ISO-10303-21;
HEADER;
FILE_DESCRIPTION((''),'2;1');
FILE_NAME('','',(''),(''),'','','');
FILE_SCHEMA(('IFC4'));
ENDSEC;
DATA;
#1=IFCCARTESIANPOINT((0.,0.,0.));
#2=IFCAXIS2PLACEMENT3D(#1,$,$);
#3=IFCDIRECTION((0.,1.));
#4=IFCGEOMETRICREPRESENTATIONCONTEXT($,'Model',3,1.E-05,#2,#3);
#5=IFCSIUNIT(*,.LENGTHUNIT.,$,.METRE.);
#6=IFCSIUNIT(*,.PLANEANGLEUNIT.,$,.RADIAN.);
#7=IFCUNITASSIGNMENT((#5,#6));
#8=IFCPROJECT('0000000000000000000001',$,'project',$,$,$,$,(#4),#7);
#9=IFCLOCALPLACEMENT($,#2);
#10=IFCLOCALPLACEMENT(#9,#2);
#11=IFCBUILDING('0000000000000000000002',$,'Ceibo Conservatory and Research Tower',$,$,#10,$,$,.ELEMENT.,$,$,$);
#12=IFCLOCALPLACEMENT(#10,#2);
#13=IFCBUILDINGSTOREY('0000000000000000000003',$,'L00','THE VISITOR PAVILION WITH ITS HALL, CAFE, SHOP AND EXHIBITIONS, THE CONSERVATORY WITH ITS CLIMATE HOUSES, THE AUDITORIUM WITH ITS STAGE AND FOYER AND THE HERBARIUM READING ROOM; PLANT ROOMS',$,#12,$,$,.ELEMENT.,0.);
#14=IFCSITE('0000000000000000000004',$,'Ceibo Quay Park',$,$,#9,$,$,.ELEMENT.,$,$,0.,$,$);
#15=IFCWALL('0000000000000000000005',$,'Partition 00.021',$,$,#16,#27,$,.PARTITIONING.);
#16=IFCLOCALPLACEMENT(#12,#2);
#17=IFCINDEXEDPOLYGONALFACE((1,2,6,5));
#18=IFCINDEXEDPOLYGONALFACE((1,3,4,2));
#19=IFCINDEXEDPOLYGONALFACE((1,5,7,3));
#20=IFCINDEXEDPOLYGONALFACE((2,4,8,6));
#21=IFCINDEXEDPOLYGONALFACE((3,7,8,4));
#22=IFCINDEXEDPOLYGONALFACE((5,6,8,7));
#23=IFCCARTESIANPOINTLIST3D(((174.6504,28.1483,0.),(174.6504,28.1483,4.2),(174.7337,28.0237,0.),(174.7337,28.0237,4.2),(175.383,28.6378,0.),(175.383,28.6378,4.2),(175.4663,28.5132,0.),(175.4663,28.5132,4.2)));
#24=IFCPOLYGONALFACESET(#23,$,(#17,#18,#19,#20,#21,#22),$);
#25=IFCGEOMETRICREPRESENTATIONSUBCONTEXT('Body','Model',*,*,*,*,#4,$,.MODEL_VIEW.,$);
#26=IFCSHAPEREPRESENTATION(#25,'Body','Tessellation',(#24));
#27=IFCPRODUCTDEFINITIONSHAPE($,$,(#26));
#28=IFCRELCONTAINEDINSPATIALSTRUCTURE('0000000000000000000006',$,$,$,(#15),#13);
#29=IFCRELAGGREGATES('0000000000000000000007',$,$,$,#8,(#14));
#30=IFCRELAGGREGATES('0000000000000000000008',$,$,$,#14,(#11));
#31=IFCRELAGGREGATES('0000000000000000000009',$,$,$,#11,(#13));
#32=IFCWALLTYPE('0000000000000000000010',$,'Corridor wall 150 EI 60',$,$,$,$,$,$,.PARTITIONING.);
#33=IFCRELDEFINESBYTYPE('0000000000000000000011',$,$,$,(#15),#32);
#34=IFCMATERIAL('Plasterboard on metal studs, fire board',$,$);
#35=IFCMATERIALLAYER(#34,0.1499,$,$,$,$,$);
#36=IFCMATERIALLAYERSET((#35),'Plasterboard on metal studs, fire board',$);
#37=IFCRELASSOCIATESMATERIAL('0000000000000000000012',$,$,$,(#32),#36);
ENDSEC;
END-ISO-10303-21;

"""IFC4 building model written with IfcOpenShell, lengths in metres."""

from ifc_helpers import new_model, si_unit, direction, frame, frame_2d, origin, place, context, subcontext, project, spatial, rectangle, extrude, material, layer, layer_set, type_object, element, save


model = new_model("IFC4")

# Units and contexts
model_context = context("Model", 3, precision=1e-05, world=origin(), true_north=direction((0.0, 1.0)))
body_context = subcontext(model_context, "Body", "Model", "MODEL_VIEW")
ifc_project = project(units=[si_unit("LENGTHUNIT", "METRE"), si_unit("PLANEANGLEUNIT", "RADIAN")], contexts=[model_context])

# Site, building, storey
site_placement = place(None, origin())
site = spatial("IfcSite", under=ifc_project, at=site_placement, Name="Ceibo Quay Park", CompositionType="ELEMENT", RefElevation=0.0)
building_placement = place(site_placement, origin())
building = spatial("IfcBuilding", under=site, at=building_placement, Name="Ceibo Conservatory and Research Tower", CompositionType="ELEMENT")
storey_placement = place(building_placement, origin())
storey = spatial("IfcBuildingStorey", under=building, at=storey_placement, Name="L00", Description="THE VISITOR PAVILION WITH ITS HALL, CAFE, SHOP AND EXHIBITIONS, THE CONSERVATORY WITH ITS CLIMATE HOUSES, THE AUDITORIUM WITH ITS STAGE AND FOYER AND THE HERBARIUM READING ROOM; PLANT ROOMS", CompositionType="ELEMENT", Elevation=0.0)

# Shared definitions
ifc_material_1 = material(Name="Plasterboard on metal studs, fire board")
ifc_layer = layer(ifc_material_1, 0.1499)
ifc_layer_set = layer_set([ifc_layer], Name="Plasterboard on metal studs, fire board")
wall_type = type_object("IfcWallType", Name="Corridor wall 150 EI 60", PredefinedType="PARTITIONING", material=ifc_layer_set)

# Wall
wall_1_placement = place(storey_placement, frame((175.4246, 28.5754, 0.0), z_axis=(0.0, 0.0, 1.0), x_axis=(-0.831496, -0.555531, 0.0)))
element("IfcWall", 1, at=wall_1_placement, inside=storey, type_object=wall_type, Name="Partition 00.021", PredefinedType="PARTITIONING", context=body_context, shape_type="SweptSolid", body=[
    extrude(rectangle(XDim=0.8811, YDim=0.1499, at=frame_2d((0.4404, 0.0))), origin(), (0.0, 0.0, 1.0), 4.2),
])

save(model, "model.ifc")
